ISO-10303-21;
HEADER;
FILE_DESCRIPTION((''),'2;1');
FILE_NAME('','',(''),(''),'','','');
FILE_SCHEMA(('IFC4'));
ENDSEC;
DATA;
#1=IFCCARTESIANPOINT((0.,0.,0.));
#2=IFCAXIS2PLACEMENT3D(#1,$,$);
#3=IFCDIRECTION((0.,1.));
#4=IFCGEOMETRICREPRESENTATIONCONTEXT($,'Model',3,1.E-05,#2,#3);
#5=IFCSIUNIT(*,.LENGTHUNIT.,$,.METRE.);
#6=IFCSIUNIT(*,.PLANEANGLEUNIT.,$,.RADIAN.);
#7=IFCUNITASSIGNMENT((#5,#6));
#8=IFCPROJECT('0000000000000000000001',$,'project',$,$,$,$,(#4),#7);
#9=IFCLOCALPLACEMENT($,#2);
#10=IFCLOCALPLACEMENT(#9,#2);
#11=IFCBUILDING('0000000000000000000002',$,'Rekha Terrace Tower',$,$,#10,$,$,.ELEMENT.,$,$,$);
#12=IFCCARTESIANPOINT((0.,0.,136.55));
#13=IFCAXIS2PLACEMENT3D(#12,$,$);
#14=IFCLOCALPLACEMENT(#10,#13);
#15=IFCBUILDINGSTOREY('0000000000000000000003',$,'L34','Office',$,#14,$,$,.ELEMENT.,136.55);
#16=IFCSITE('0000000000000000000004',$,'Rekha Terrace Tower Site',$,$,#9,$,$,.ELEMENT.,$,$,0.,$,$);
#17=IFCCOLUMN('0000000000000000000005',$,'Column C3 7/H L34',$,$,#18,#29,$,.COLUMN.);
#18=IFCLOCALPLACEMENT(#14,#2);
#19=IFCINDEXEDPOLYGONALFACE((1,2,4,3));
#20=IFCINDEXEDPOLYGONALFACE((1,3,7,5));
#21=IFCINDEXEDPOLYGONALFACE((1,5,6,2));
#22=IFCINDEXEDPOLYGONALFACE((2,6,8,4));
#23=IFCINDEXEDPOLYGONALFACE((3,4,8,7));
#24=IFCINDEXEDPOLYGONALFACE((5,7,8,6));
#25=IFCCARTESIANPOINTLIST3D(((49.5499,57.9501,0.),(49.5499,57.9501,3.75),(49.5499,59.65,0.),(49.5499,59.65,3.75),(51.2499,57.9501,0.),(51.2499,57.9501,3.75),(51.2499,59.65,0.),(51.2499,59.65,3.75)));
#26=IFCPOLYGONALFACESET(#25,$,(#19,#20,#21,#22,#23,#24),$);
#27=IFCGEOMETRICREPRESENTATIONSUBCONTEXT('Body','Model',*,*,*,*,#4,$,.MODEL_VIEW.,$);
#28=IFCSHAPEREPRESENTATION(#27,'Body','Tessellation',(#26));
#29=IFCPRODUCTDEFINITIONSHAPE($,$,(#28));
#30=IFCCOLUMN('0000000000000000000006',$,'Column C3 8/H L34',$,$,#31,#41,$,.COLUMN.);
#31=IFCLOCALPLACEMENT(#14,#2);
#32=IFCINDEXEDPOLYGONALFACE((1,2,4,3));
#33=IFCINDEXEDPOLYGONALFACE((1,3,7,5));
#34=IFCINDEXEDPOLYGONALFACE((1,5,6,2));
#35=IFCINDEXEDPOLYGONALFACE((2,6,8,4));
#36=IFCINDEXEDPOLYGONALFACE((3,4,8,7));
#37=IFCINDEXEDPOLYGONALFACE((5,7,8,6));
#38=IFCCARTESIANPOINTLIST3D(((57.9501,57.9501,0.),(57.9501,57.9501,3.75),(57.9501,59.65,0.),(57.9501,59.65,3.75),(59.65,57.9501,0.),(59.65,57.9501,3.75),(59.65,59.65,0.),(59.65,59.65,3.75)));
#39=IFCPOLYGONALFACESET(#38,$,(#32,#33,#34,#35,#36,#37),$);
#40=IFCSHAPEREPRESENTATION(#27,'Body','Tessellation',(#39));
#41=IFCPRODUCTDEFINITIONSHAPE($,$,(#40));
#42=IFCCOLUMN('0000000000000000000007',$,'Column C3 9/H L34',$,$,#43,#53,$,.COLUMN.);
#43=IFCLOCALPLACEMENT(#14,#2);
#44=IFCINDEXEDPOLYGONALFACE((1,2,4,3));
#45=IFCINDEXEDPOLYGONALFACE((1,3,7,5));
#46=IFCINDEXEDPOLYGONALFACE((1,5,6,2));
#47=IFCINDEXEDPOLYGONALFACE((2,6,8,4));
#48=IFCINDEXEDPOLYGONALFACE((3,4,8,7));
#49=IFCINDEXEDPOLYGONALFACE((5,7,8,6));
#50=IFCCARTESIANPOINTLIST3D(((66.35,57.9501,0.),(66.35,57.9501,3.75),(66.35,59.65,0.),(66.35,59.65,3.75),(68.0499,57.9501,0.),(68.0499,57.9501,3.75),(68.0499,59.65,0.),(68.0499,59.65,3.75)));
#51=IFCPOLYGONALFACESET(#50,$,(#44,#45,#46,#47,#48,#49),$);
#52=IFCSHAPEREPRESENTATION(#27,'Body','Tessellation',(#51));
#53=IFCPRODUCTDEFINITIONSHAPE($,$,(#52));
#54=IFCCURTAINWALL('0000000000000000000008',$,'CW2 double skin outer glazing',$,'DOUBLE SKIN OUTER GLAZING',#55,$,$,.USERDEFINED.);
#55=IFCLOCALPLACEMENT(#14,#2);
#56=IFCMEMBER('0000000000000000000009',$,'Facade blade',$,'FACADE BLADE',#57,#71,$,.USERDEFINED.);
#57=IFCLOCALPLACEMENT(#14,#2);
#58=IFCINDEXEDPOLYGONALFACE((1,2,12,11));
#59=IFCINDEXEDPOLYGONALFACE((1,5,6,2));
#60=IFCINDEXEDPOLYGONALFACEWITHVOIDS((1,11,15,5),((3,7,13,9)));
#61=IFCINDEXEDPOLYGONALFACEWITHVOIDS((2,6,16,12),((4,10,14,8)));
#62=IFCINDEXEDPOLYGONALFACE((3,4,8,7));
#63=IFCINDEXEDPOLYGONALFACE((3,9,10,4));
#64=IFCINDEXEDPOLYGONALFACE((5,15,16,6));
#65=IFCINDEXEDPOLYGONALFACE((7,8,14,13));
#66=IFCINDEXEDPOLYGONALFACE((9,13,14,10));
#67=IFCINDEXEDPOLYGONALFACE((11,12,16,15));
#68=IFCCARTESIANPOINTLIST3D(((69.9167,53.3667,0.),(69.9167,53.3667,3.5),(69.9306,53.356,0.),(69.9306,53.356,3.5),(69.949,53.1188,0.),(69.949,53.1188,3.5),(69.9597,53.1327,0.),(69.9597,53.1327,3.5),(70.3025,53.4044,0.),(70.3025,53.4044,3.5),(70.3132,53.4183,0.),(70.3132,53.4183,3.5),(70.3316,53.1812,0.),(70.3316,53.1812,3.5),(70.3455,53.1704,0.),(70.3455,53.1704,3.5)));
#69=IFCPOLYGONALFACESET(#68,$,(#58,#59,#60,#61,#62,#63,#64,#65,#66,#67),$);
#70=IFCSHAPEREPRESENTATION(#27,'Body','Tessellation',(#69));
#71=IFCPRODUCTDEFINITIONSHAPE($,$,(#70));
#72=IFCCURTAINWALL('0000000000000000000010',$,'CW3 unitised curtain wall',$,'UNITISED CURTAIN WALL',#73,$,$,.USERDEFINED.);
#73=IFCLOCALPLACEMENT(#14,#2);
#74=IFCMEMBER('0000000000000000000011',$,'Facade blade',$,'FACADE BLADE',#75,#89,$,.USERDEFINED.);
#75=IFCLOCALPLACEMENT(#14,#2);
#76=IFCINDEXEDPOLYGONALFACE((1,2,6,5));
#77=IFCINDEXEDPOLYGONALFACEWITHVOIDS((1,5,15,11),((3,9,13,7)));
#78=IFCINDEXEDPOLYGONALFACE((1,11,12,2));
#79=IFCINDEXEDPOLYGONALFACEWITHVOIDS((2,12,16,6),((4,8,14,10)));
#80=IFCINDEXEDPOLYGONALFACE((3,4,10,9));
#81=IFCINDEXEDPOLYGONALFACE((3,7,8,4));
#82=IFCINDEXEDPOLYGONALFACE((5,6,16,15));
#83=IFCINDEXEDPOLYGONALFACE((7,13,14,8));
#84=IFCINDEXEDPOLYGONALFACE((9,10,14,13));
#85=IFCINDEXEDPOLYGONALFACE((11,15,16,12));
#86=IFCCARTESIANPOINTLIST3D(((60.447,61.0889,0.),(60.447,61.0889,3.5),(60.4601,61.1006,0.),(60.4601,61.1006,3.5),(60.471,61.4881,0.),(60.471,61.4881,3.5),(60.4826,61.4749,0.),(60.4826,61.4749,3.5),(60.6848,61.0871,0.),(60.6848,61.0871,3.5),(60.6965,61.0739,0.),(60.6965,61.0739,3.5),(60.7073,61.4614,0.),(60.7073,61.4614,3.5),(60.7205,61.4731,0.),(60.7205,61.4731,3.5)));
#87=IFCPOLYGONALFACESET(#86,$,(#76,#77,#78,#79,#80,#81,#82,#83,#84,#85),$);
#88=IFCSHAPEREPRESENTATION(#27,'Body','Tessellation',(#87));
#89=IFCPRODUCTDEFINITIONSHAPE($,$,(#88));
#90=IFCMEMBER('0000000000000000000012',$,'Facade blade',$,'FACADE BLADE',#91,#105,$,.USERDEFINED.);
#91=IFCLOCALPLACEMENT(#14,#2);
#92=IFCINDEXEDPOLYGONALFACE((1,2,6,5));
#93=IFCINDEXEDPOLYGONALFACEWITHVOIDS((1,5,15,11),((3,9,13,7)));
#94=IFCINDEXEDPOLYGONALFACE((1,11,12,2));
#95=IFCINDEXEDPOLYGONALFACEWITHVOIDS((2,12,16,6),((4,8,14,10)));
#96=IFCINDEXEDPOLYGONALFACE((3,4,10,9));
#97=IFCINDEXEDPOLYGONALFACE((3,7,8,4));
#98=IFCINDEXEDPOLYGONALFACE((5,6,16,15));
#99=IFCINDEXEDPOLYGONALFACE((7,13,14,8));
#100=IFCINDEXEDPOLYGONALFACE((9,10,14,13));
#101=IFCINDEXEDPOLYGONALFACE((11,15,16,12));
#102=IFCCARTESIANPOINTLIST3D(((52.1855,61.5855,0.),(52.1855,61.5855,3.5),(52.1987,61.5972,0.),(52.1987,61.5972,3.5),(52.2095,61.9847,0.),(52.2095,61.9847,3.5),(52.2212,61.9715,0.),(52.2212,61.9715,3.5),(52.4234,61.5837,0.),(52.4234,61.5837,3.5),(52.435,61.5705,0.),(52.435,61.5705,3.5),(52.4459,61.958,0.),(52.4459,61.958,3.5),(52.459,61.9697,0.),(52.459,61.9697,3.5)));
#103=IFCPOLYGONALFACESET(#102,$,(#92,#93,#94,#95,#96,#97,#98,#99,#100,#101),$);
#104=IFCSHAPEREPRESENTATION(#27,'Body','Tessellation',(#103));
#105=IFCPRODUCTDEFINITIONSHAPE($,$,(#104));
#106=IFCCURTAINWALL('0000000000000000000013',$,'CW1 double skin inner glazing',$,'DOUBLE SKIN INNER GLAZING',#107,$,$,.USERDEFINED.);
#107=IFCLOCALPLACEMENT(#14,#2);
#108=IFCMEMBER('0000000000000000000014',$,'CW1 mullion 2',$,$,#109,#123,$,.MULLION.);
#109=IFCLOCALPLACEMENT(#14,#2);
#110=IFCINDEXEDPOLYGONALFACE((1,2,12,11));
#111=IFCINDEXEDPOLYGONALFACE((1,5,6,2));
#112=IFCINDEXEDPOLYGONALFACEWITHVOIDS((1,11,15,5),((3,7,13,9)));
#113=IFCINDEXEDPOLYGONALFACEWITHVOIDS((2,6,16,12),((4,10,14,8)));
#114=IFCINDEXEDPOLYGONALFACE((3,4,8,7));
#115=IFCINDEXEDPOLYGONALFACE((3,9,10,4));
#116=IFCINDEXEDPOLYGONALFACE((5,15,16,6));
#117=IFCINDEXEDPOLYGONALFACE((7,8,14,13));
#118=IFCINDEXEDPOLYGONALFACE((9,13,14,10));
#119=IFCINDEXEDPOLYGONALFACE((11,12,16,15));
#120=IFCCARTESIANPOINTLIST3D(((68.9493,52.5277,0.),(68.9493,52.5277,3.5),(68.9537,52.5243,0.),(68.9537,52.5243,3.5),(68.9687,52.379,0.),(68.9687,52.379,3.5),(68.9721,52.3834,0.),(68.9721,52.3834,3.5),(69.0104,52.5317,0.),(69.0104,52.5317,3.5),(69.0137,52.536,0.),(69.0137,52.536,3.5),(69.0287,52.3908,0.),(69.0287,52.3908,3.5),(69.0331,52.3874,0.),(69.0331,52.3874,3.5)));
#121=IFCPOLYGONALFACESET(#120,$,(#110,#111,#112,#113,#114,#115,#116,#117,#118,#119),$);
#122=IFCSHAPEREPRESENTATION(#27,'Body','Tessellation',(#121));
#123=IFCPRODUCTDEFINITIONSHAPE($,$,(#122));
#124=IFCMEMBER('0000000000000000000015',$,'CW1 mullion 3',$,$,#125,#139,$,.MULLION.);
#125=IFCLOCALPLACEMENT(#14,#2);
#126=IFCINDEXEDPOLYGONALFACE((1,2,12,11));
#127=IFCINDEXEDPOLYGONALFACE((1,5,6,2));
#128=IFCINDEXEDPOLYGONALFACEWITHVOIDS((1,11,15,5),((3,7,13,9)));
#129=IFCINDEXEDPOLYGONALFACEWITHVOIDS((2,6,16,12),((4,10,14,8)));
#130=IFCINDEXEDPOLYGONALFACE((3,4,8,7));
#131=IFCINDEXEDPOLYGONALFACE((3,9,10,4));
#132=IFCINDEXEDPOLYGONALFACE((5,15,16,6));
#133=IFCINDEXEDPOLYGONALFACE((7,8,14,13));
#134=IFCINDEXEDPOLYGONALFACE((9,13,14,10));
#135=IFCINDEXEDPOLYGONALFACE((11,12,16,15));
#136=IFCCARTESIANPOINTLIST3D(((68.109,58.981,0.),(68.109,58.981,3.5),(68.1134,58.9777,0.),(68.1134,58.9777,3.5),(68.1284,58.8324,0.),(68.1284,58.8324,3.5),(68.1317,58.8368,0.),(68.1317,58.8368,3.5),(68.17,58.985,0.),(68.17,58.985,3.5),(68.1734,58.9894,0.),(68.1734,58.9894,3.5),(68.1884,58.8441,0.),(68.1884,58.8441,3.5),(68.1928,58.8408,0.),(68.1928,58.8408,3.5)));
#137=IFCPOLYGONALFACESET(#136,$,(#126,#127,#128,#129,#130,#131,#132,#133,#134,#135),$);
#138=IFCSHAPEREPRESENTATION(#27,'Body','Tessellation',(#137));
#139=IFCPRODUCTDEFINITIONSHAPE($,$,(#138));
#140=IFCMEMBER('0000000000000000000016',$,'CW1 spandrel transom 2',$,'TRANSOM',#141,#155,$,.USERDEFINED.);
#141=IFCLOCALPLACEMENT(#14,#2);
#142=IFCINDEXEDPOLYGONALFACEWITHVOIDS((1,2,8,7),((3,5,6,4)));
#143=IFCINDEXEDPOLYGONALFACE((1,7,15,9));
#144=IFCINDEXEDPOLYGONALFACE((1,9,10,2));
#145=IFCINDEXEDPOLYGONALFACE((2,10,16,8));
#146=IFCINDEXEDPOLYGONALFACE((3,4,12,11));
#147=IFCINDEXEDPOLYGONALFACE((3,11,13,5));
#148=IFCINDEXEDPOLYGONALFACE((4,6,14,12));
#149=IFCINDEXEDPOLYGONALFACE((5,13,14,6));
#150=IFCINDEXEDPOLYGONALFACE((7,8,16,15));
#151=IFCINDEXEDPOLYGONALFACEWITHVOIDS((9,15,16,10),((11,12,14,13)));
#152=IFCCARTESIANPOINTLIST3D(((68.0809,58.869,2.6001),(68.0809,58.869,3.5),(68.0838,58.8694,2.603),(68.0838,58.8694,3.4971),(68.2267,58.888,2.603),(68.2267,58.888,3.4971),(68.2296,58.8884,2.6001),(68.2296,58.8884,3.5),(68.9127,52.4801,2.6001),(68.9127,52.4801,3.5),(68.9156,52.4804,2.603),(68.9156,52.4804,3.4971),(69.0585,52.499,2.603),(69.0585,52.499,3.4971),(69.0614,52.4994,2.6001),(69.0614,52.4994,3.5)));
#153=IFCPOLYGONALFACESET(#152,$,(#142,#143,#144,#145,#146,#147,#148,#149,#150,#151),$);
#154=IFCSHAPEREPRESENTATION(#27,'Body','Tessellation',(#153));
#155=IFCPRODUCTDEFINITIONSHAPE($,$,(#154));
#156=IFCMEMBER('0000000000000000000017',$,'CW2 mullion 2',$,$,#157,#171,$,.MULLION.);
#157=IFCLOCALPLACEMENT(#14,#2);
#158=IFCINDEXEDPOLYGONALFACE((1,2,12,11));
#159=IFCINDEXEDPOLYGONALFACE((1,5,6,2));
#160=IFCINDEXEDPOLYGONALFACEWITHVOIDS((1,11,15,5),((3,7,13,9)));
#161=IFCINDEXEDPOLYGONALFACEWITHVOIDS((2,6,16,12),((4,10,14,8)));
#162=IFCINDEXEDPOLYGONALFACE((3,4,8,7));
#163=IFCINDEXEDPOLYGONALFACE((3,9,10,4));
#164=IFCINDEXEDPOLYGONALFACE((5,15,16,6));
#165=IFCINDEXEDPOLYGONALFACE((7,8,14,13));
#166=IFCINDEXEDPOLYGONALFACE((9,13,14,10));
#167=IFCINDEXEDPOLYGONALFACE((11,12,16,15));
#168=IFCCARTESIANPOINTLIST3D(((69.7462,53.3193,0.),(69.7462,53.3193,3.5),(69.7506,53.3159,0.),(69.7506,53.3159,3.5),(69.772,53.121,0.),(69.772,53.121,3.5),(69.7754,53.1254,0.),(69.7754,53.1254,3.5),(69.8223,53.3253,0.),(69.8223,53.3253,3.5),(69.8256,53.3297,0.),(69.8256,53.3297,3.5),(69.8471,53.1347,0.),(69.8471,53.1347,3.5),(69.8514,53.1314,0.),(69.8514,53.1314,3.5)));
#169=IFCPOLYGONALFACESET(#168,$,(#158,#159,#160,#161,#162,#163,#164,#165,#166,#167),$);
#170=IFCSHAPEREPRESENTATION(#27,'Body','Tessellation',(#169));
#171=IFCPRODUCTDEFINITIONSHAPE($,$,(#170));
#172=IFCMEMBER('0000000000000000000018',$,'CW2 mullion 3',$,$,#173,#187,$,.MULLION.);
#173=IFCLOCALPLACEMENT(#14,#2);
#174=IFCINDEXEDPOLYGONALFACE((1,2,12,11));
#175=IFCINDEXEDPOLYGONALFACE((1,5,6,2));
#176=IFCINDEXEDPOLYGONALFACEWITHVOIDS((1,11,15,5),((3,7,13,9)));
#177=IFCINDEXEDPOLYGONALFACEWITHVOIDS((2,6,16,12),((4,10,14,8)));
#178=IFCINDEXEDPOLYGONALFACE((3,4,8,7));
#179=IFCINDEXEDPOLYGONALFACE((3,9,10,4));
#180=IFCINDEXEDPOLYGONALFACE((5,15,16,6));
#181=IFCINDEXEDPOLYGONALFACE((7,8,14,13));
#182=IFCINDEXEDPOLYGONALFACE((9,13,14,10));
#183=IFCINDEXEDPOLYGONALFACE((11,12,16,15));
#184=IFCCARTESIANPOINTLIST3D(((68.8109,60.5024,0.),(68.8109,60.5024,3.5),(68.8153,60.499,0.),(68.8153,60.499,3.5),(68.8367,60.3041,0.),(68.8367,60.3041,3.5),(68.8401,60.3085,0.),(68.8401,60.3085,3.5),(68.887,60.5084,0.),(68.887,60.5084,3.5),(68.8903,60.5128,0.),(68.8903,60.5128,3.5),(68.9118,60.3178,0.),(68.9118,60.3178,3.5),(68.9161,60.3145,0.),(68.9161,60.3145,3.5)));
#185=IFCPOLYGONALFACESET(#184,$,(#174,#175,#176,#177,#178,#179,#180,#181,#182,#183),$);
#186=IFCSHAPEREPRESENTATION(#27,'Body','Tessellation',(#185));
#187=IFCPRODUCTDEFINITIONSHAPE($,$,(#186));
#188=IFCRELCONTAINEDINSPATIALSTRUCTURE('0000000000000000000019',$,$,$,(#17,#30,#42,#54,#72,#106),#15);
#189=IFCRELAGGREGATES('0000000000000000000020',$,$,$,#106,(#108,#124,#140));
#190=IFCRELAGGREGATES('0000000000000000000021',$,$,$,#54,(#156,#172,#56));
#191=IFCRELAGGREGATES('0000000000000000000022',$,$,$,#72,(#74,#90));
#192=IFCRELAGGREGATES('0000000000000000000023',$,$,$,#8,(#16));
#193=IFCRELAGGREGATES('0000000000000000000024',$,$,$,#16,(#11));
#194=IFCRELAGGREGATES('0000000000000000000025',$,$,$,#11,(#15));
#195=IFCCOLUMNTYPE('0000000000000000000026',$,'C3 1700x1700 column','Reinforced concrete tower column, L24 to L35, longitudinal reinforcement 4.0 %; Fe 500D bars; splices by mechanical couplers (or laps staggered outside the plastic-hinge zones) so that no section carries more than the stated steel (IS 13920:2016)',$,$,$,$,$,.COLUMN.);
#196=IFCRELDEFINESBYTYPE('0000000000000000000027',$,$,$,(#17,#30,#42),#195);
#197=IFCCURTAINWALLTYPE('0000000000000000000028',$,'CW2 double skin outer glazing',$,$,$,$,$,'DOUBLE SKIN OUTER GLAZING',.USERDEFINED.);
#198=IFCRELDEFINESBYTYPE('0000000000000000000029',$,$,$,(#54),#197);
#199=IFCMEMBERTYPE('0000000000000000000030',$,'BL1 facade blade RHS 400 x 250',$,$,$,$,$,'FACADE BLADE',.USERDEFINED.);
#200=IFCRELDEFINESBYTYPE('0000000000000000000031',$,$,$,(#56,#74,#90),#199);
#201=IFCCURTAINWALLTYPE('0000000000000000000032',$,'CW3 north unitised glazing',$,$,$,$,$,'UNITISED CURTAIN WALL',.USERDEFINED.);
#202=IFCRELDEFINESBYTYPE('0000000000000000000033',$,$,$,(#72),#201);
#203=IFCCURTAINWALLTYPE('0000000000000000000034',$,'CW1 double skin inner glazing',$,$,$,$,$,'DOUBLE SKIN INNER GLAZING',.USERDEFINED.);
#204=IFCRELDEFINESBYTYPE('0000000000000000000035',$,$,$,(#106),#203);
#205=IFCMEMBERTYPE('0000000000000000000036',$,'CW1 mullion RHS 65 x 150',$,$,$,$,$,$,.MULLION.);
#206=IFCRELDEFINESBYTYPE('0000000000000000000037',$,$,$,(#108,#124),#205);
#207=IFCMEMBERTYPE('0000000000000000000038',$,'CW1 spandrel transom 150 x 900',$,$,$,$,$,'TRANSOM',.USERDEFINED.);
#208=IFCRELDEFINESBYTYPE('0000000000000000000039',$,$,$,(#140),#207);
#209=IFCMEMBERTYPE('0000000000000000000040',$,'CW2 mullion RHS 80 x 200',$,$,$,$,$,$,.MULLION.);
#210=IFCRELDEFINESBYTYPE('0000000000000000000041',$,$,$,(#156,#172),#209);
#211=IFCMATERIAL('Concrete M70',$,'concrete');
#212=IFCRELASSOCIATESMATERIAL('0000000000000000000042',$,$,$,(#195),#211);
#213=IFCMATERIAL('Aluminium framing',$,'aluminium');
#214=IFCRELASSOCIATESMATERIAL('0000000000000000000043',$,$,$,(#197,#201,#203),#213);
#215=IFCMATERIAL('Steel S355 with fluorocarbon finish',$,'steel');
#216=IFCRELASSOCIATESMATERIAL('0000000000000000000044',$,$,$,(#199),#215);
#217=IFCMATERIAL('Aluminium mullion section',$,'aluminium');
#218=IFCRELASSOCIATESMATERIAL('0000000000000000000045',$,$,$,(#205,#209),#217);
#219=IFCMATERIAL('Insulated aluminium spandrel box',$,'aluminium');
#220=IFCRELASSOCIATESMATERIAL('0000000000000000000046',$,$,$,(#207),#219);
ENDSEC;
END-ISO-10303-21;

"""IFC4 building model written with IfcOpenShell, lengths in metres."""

from ifc_helpers import new_model, si_unit, direction, frame, origin, origin_2d, place, context, subcontext, project, spatial, rectangle, hollow_rectangle, extrude, material, material_profile, profile_set, type_object, element, aggregate, save


model = new_model("IFC4")

# Units and contexts
model_context = context("Model", 3, precision=1e-05, world=origin(), true_north=direction((0.0, 1.0)))
body_context = subcontext(model_context, "Body", "Model", "MODEL_VIEW")
ifc_project = project(units=[si_unit("LENGTHUNIT", "METRE"), si_unit("PLANEANGLEUNIT", "RADIAN")], contexts=[model_context])

# Site, building, storey
site_placement = place(None, origin())
site = spatial("IfcSite", under=ifc_project, at=site_placement, Name="Rekha Terrace Tower Site", CompositionType="ELEMENT", RefElevation=0.0)
building_placement = place(site_placement, origin())
building = spatial("IfcBuilding", under=site, at=building_placement, Name="Rekha Terrace Tower", CompositionType="ELEMENT")
storey_placement = place(building_placement, frame((0.0, 0.0, 136.55)))
storey = spatial("IfcBuildingStorey", under=building, at=storey_placement, Name="L34", Description="Office", CompositionType="ELEMENT", Elevation=136.55)

# Columns
ifc_material_1 = material(Name="Concrete M70", Category="concrete")
ifc_material_profile_1 = material_profile(ifc_material_1, rectangle(XDim=1.7, YDim=1.7, at=origin_2d()), Name="RC 1700x1700")
ifc_profile_set_1 = profile_set([ifc_material_profile_1], Name="Concrete M70")
column_type = type_object("IfcColumnType", Name="C3 1700x1700 column", Description="Reinforced concrete tower column, L24 to L35, longitudinal reinforcement 4.0 %; Fe 500D bars; splices by mechanical couplers (or laps staggered outside the plastic-hinge zones) so that no section carries more than the stated steel (IS 13920:2016)", PredefinedType="COLUMN", material=ifc_profile_set_1)
for number, where, z_axis, x_axis, name in (
    (1, (50.3999, 58.8, 0.0), (0.0, 0.0, 1.0), (1.0, 0.0, 0.0), "Column C3 7/H L34"),
    (2, (58.8, 58.8, 0.0), (0.0, 0.0, 1.0), (1.0, 0.0, 0.0), "Column C3 8/H L34"),
    (3, (67.2, 58.8, 0.0), (0.0, 0.0, 1.0), (1.0, 0.0, 0.0), "Column C3 9/H L34"),
):
    element("IfcColumn", number, at=place(storey_placement, frame(where, z_axis=z_axis, x_axis=x_axis)), inside=storey, type_object=column_type, Name=name, PredefinedType="COLUMN", context=body_context, shape_type="SweptSolid", body=[
        extrude(rectangle(XDim=1.7, YDim=1.7, at=origin_2d()), origin(), (0.0, 0.0, 1.0), 3.75),
    ])

# Curtain wall, member
ifc_material_2 = material(Name="Aluminium framing", Category="aluminium")
curtain_wall_type_1 = type_object("IfcCurtainWallType", Name="CW2 double skin outer glazing", ElementType="DOUBLE SKIN OUTER GLAZING", PredefinedType="USERDEFINED", material=ifc_material_2)
curtain_wall_1_placement = place(storey_placement, origin())
curtain_wall_1 = element("IfcCurtainWall", 4, at=curtain_wall_1_placement, inside=storey, type_object=curtain_wall_type_1, Name="CW2 double skin outer glazing", ObjectType="DOUBLE SKIN OUTER GLAZING", PredefinedType="USERDEFINED")
ifc_material_3 = material(Name="Steel S355 with fluorocarbon finish", Category="steel")
ifc_material_profile_2 = material_profile(ifc_material_3, hollow_rectangle(XDim=0.25, YDim=0.3999, WallThickness=0.0125, at=origin_2d()), Name="RHS400x250x12.5")
ifc_profile_set_2 = profile_set([ifc_material_profile_2], Name="Steel S355 with fluorocarbon finish")
member_type_1 = type_object("IfcMemberType", Name="BL1 facade blade RHS 400 x 250", ElementType="FACADE BLADE", PredefinedType="USERDEFINED", material=ifc_profile_set_2)
member_1_placement = place(storey_placement, frame((70.1311, 53.2686, 0.0), z_axis=(0.0, 0.0, 1.0), x_axis=(-0.129119, 0.991629, 0.0)))
member_1 = element("IfcMember", 5, at=member_1_placement, type_object=member_type_1, Name="Facade blade", ObjectType="FACADE BLADE", PredefinedType="USERDEFINED", context=body_context, shape_type="SweptSolid", body=[
    extrude(hollow_rectangle(XDim=0.25, YDim=0.3999, WallThickness=0.0125, at=origin_2d()), origin(), (0.0, 0.0, 1.0), 3.5),
])

# Curtain walls, members
curtain_wall_type_2 = type_object("IfcCurtainWallType", Name="CW3 north unitised glazing", ElementType="UNITISED CURTAIN WALL", PredefinedType="USERDEFINED", material=ifc_material_2)
curtain_wall_2_placement = place(storey_placement, origin())
curtain_wall_2 = element("IfcCurtainWall", 6, at=curtain_wall_2_placement, inside=storey, type_object=curtain_wall_type_2, Name="CW3 unitised curtain wall", ObjectType="UNITISED CURTAIN WALL", PredefinedType="USERDEFINED")
member_2_placement = place(storey_placement, frame((60.5837, 61.281, 0.0), z_axis=(0.0, 0.0, 1.0), x_axis=(-0.998199, 0.059988, 0.0)))
member_2 = element("IfcMember", 7, at=member_2_placement, type_object=member_type_1, Name="Facade blade", ObjectType="FACADE BLADE", PredefinedType="USERDEFINED", context=body_context, shape_type="SweptSolid", body=[
    extrude(hollow_rectangle(XDim=0.25, YDim=0.3999, WallThickness=0.0125, at=origin_2d()), origin(), (0.0, 0.0, 1.0), 3.5),
])
member_3_placement = place(storey_placement, frame((52.3223, 61.7776, 0.0), z_axis=(0.0, 0.0, 1.0), x_axis=(-0.998199, 0.059988, 0.0)))
member_3 = element("IfcMember", 8, at=member_3_placement, type_object=member_type_1, Name="Facade blade", ObjectType="FACADE BLADE", PredefinedType="USERDEFINED", context=body_context, shape_type="SweptSolid", body=[
    extrude(hollow_rectangle(XDim=0.25, YDim=0.3999, WallThickness=0.0125, at=origin_2d()), origin(), (0.0, 0.0, 1.0), 3.5),
])
curtain_wall_type_3 = type_object("IfcCurtainWallType", Name="CW1 double skin inner glazing", ElementType="DOUBLE SKIN INNER GLAZING", PredefinedType="USERDEFINED", material=ifc_material_2)
curtain_wall_3_placement = place(storey_placement, origin())
curtain_wall_3 = element("IfcCurtainWall", 9, at=curtain_wall_3_placement, inside=storey, type_object=curtain_wall_type_3, Name="CW1 double skin inner glazing", ObjectType="DOUBLE SKIN INNER GLAZING", PredefinedType="USERDEFINED")
ifc_material_4 = material(Name="Aluminium mullion section", Category="aluminium")
ifc_material_profile_3 = material_profile(ifc_material_4, hollow_rectangle(XDim=0.0649, YDim=0.1499, WallThickness=0.0039, at=origin_2d()), Name="AL RHS 65x150")
ifc_profile_set_3 = profile_set([ifc_material_profile_3], Name="Aluminium mullion section")
member_type_2 = type_object("IfcMemberType", Name="CW1 mullion RHS 65 x 150", PredefinedType="MULLION", material=ifc_profile_set_3)
member_4_placement = place(storey_placement, frame((68.9912, 52.4575, 0.0), z_axis=(0.0, 0.0, 1.0), x_axis=(-0.991629, -0.129118, 0.0)))
member_4 = element("IfcMember", 10, at=member_4_placement, type_object=member_type_2, Name="CW1 mullion 2", PredefinedType="MULLION", context=body_context, shape_type="SweptSolid", body=[
    extrude(hollow_rectangle(XDim=0.0649, YDim=0.1499, WallThickness=0.0039, at=origin_2d()), origin(), (0.0, 0.0, 1.0), 3.5),
])
member_5_placement = place(storey_placement, frame((68.1509, 58.9109, 0.0), z_axis=(0.0, 0.0, 1.0), x_axis=(-0.991629, -0.129118, 0.0)))
member_5 = element("IfcMember", 11, at=member_5_placement, type_object=member_type_2, Name="CW1 mullion 3", PredefinedType="MULLION", context=body_context, shape_type="SweptSolid", body=[
    extrude(hollow_rectangle(XDim=0.0649, YDim=0.1499, WallThickness=0.0039, at=origin_2d()), origin(), (0.0, 0.0, 1.0), 3.5),
])
ifc_material_5 = material(Name="Insulated aluminium spandrel box", Category="aluminium")
ifc_material_profile_4 = material_profile(ifc_material_5, hollow_rectangle(XDim=0.1499, YDim=0.8999, WallThickness=0.0029, at=origin_2d()), Name="AL SPANDREL BOX 150x900")
ifc_profile_set_4 = profile_set([ifc_material_profile_4], Name="Insulated aluminium spandrel box")
member_type_3 = type_object("IfcMemberType", Name="CW1 spandrel transom 150 x 900", ElementType="TRANSOM", PredefinedType="USERDEFINED", material=ifc_profile_set_4)
member_6_placement = place(storey_placement, frame((68.9871, 52.4897, 3.05), z_axis=(-0.129103, 0.991631, 0.0), x_axis=(-0.991631, -0.129103, 0.0)))
member_6 = element("IfcMember", 12, at=member_6_placement, type_object=member_type_3, Name="CW1 spandrel transom 2", ObjectType="TRANSOM", PredefinedType="USERDEFINED", context=body_context, shape_type="SweptSolid", body=[
    extrude(hollow_rectangle(XDim=0.1499, YDim=0.8999, WallThickness=0.0029, at=origin_2d()), origin(), (0.0, 0.0, 1.0), 6.4429),
])

# Members
ifc_material_profile_5 = material_profile(ifc_material_4, hollow_rectangle(XDim=0.0801, YDim=0.2, WallThickness=0.0039, at=origin_2d()), Name="AL RHS 80x200")
ifc_profile_set_5 = profile_set([ifc_material_profile_5], Name="Aluminium mullion section")
member_type_4 = type_object("IfcMemberType", Name="CW2 mullion RHS 80 x 200", PredefinedType="MULLION", material=ifc_profile_set_5)
member_7_placement = place(storey_placement, frame((69.7988, 53.2253, 0.0), z_axis=(0.0, 0.0, 1.0), x_axis=(-0.991629, -0.129118, 0.0)))
member_7 = element("IfcMember", 13, at=member_7_placement, type_object=member_type_4, Name="CW2 mullion 2", PredefinedType="MULLION", context=body_context, shape_type="SweptSolid", body=[
    extrude(hollow_rectangle(XDim=0.0801, YDim=0.2, WallThickness=0.0039, at=origin_2d()), origin(), (0.0, 0.0, 1.0), 3.5),
])
member_8_placement = place(storey_placement, frame((68.8635, 60.4084, 0.0), z_axis=(0.0, 0.0, 1.0), x_axis=(-0.991629, -0.129118, 0.0)))
member_8 = element("IfcMember", 14, at=member_8_placement, type_object=member_type_4, Name="CW2 mullion 3", PredefinedType="MULLION", context=body_context, shape_type="SweptSolid", body=[
    extrude(hollow_rectangle(XDim=0.0801, YDim=0.2, WallThickness=0.0039, at=origin_2d()), origin(), (0.0, 0.0, 1.0), 3.5),
])

aggregate(curtain_wall_3, [member_4, member_5, member_6])
aggregate(curtain_wall_1, [member_7, member_8, member_1])
aggregate(curtain_wall_2, [member_2, member_3])

save(model, "model.ifc")
